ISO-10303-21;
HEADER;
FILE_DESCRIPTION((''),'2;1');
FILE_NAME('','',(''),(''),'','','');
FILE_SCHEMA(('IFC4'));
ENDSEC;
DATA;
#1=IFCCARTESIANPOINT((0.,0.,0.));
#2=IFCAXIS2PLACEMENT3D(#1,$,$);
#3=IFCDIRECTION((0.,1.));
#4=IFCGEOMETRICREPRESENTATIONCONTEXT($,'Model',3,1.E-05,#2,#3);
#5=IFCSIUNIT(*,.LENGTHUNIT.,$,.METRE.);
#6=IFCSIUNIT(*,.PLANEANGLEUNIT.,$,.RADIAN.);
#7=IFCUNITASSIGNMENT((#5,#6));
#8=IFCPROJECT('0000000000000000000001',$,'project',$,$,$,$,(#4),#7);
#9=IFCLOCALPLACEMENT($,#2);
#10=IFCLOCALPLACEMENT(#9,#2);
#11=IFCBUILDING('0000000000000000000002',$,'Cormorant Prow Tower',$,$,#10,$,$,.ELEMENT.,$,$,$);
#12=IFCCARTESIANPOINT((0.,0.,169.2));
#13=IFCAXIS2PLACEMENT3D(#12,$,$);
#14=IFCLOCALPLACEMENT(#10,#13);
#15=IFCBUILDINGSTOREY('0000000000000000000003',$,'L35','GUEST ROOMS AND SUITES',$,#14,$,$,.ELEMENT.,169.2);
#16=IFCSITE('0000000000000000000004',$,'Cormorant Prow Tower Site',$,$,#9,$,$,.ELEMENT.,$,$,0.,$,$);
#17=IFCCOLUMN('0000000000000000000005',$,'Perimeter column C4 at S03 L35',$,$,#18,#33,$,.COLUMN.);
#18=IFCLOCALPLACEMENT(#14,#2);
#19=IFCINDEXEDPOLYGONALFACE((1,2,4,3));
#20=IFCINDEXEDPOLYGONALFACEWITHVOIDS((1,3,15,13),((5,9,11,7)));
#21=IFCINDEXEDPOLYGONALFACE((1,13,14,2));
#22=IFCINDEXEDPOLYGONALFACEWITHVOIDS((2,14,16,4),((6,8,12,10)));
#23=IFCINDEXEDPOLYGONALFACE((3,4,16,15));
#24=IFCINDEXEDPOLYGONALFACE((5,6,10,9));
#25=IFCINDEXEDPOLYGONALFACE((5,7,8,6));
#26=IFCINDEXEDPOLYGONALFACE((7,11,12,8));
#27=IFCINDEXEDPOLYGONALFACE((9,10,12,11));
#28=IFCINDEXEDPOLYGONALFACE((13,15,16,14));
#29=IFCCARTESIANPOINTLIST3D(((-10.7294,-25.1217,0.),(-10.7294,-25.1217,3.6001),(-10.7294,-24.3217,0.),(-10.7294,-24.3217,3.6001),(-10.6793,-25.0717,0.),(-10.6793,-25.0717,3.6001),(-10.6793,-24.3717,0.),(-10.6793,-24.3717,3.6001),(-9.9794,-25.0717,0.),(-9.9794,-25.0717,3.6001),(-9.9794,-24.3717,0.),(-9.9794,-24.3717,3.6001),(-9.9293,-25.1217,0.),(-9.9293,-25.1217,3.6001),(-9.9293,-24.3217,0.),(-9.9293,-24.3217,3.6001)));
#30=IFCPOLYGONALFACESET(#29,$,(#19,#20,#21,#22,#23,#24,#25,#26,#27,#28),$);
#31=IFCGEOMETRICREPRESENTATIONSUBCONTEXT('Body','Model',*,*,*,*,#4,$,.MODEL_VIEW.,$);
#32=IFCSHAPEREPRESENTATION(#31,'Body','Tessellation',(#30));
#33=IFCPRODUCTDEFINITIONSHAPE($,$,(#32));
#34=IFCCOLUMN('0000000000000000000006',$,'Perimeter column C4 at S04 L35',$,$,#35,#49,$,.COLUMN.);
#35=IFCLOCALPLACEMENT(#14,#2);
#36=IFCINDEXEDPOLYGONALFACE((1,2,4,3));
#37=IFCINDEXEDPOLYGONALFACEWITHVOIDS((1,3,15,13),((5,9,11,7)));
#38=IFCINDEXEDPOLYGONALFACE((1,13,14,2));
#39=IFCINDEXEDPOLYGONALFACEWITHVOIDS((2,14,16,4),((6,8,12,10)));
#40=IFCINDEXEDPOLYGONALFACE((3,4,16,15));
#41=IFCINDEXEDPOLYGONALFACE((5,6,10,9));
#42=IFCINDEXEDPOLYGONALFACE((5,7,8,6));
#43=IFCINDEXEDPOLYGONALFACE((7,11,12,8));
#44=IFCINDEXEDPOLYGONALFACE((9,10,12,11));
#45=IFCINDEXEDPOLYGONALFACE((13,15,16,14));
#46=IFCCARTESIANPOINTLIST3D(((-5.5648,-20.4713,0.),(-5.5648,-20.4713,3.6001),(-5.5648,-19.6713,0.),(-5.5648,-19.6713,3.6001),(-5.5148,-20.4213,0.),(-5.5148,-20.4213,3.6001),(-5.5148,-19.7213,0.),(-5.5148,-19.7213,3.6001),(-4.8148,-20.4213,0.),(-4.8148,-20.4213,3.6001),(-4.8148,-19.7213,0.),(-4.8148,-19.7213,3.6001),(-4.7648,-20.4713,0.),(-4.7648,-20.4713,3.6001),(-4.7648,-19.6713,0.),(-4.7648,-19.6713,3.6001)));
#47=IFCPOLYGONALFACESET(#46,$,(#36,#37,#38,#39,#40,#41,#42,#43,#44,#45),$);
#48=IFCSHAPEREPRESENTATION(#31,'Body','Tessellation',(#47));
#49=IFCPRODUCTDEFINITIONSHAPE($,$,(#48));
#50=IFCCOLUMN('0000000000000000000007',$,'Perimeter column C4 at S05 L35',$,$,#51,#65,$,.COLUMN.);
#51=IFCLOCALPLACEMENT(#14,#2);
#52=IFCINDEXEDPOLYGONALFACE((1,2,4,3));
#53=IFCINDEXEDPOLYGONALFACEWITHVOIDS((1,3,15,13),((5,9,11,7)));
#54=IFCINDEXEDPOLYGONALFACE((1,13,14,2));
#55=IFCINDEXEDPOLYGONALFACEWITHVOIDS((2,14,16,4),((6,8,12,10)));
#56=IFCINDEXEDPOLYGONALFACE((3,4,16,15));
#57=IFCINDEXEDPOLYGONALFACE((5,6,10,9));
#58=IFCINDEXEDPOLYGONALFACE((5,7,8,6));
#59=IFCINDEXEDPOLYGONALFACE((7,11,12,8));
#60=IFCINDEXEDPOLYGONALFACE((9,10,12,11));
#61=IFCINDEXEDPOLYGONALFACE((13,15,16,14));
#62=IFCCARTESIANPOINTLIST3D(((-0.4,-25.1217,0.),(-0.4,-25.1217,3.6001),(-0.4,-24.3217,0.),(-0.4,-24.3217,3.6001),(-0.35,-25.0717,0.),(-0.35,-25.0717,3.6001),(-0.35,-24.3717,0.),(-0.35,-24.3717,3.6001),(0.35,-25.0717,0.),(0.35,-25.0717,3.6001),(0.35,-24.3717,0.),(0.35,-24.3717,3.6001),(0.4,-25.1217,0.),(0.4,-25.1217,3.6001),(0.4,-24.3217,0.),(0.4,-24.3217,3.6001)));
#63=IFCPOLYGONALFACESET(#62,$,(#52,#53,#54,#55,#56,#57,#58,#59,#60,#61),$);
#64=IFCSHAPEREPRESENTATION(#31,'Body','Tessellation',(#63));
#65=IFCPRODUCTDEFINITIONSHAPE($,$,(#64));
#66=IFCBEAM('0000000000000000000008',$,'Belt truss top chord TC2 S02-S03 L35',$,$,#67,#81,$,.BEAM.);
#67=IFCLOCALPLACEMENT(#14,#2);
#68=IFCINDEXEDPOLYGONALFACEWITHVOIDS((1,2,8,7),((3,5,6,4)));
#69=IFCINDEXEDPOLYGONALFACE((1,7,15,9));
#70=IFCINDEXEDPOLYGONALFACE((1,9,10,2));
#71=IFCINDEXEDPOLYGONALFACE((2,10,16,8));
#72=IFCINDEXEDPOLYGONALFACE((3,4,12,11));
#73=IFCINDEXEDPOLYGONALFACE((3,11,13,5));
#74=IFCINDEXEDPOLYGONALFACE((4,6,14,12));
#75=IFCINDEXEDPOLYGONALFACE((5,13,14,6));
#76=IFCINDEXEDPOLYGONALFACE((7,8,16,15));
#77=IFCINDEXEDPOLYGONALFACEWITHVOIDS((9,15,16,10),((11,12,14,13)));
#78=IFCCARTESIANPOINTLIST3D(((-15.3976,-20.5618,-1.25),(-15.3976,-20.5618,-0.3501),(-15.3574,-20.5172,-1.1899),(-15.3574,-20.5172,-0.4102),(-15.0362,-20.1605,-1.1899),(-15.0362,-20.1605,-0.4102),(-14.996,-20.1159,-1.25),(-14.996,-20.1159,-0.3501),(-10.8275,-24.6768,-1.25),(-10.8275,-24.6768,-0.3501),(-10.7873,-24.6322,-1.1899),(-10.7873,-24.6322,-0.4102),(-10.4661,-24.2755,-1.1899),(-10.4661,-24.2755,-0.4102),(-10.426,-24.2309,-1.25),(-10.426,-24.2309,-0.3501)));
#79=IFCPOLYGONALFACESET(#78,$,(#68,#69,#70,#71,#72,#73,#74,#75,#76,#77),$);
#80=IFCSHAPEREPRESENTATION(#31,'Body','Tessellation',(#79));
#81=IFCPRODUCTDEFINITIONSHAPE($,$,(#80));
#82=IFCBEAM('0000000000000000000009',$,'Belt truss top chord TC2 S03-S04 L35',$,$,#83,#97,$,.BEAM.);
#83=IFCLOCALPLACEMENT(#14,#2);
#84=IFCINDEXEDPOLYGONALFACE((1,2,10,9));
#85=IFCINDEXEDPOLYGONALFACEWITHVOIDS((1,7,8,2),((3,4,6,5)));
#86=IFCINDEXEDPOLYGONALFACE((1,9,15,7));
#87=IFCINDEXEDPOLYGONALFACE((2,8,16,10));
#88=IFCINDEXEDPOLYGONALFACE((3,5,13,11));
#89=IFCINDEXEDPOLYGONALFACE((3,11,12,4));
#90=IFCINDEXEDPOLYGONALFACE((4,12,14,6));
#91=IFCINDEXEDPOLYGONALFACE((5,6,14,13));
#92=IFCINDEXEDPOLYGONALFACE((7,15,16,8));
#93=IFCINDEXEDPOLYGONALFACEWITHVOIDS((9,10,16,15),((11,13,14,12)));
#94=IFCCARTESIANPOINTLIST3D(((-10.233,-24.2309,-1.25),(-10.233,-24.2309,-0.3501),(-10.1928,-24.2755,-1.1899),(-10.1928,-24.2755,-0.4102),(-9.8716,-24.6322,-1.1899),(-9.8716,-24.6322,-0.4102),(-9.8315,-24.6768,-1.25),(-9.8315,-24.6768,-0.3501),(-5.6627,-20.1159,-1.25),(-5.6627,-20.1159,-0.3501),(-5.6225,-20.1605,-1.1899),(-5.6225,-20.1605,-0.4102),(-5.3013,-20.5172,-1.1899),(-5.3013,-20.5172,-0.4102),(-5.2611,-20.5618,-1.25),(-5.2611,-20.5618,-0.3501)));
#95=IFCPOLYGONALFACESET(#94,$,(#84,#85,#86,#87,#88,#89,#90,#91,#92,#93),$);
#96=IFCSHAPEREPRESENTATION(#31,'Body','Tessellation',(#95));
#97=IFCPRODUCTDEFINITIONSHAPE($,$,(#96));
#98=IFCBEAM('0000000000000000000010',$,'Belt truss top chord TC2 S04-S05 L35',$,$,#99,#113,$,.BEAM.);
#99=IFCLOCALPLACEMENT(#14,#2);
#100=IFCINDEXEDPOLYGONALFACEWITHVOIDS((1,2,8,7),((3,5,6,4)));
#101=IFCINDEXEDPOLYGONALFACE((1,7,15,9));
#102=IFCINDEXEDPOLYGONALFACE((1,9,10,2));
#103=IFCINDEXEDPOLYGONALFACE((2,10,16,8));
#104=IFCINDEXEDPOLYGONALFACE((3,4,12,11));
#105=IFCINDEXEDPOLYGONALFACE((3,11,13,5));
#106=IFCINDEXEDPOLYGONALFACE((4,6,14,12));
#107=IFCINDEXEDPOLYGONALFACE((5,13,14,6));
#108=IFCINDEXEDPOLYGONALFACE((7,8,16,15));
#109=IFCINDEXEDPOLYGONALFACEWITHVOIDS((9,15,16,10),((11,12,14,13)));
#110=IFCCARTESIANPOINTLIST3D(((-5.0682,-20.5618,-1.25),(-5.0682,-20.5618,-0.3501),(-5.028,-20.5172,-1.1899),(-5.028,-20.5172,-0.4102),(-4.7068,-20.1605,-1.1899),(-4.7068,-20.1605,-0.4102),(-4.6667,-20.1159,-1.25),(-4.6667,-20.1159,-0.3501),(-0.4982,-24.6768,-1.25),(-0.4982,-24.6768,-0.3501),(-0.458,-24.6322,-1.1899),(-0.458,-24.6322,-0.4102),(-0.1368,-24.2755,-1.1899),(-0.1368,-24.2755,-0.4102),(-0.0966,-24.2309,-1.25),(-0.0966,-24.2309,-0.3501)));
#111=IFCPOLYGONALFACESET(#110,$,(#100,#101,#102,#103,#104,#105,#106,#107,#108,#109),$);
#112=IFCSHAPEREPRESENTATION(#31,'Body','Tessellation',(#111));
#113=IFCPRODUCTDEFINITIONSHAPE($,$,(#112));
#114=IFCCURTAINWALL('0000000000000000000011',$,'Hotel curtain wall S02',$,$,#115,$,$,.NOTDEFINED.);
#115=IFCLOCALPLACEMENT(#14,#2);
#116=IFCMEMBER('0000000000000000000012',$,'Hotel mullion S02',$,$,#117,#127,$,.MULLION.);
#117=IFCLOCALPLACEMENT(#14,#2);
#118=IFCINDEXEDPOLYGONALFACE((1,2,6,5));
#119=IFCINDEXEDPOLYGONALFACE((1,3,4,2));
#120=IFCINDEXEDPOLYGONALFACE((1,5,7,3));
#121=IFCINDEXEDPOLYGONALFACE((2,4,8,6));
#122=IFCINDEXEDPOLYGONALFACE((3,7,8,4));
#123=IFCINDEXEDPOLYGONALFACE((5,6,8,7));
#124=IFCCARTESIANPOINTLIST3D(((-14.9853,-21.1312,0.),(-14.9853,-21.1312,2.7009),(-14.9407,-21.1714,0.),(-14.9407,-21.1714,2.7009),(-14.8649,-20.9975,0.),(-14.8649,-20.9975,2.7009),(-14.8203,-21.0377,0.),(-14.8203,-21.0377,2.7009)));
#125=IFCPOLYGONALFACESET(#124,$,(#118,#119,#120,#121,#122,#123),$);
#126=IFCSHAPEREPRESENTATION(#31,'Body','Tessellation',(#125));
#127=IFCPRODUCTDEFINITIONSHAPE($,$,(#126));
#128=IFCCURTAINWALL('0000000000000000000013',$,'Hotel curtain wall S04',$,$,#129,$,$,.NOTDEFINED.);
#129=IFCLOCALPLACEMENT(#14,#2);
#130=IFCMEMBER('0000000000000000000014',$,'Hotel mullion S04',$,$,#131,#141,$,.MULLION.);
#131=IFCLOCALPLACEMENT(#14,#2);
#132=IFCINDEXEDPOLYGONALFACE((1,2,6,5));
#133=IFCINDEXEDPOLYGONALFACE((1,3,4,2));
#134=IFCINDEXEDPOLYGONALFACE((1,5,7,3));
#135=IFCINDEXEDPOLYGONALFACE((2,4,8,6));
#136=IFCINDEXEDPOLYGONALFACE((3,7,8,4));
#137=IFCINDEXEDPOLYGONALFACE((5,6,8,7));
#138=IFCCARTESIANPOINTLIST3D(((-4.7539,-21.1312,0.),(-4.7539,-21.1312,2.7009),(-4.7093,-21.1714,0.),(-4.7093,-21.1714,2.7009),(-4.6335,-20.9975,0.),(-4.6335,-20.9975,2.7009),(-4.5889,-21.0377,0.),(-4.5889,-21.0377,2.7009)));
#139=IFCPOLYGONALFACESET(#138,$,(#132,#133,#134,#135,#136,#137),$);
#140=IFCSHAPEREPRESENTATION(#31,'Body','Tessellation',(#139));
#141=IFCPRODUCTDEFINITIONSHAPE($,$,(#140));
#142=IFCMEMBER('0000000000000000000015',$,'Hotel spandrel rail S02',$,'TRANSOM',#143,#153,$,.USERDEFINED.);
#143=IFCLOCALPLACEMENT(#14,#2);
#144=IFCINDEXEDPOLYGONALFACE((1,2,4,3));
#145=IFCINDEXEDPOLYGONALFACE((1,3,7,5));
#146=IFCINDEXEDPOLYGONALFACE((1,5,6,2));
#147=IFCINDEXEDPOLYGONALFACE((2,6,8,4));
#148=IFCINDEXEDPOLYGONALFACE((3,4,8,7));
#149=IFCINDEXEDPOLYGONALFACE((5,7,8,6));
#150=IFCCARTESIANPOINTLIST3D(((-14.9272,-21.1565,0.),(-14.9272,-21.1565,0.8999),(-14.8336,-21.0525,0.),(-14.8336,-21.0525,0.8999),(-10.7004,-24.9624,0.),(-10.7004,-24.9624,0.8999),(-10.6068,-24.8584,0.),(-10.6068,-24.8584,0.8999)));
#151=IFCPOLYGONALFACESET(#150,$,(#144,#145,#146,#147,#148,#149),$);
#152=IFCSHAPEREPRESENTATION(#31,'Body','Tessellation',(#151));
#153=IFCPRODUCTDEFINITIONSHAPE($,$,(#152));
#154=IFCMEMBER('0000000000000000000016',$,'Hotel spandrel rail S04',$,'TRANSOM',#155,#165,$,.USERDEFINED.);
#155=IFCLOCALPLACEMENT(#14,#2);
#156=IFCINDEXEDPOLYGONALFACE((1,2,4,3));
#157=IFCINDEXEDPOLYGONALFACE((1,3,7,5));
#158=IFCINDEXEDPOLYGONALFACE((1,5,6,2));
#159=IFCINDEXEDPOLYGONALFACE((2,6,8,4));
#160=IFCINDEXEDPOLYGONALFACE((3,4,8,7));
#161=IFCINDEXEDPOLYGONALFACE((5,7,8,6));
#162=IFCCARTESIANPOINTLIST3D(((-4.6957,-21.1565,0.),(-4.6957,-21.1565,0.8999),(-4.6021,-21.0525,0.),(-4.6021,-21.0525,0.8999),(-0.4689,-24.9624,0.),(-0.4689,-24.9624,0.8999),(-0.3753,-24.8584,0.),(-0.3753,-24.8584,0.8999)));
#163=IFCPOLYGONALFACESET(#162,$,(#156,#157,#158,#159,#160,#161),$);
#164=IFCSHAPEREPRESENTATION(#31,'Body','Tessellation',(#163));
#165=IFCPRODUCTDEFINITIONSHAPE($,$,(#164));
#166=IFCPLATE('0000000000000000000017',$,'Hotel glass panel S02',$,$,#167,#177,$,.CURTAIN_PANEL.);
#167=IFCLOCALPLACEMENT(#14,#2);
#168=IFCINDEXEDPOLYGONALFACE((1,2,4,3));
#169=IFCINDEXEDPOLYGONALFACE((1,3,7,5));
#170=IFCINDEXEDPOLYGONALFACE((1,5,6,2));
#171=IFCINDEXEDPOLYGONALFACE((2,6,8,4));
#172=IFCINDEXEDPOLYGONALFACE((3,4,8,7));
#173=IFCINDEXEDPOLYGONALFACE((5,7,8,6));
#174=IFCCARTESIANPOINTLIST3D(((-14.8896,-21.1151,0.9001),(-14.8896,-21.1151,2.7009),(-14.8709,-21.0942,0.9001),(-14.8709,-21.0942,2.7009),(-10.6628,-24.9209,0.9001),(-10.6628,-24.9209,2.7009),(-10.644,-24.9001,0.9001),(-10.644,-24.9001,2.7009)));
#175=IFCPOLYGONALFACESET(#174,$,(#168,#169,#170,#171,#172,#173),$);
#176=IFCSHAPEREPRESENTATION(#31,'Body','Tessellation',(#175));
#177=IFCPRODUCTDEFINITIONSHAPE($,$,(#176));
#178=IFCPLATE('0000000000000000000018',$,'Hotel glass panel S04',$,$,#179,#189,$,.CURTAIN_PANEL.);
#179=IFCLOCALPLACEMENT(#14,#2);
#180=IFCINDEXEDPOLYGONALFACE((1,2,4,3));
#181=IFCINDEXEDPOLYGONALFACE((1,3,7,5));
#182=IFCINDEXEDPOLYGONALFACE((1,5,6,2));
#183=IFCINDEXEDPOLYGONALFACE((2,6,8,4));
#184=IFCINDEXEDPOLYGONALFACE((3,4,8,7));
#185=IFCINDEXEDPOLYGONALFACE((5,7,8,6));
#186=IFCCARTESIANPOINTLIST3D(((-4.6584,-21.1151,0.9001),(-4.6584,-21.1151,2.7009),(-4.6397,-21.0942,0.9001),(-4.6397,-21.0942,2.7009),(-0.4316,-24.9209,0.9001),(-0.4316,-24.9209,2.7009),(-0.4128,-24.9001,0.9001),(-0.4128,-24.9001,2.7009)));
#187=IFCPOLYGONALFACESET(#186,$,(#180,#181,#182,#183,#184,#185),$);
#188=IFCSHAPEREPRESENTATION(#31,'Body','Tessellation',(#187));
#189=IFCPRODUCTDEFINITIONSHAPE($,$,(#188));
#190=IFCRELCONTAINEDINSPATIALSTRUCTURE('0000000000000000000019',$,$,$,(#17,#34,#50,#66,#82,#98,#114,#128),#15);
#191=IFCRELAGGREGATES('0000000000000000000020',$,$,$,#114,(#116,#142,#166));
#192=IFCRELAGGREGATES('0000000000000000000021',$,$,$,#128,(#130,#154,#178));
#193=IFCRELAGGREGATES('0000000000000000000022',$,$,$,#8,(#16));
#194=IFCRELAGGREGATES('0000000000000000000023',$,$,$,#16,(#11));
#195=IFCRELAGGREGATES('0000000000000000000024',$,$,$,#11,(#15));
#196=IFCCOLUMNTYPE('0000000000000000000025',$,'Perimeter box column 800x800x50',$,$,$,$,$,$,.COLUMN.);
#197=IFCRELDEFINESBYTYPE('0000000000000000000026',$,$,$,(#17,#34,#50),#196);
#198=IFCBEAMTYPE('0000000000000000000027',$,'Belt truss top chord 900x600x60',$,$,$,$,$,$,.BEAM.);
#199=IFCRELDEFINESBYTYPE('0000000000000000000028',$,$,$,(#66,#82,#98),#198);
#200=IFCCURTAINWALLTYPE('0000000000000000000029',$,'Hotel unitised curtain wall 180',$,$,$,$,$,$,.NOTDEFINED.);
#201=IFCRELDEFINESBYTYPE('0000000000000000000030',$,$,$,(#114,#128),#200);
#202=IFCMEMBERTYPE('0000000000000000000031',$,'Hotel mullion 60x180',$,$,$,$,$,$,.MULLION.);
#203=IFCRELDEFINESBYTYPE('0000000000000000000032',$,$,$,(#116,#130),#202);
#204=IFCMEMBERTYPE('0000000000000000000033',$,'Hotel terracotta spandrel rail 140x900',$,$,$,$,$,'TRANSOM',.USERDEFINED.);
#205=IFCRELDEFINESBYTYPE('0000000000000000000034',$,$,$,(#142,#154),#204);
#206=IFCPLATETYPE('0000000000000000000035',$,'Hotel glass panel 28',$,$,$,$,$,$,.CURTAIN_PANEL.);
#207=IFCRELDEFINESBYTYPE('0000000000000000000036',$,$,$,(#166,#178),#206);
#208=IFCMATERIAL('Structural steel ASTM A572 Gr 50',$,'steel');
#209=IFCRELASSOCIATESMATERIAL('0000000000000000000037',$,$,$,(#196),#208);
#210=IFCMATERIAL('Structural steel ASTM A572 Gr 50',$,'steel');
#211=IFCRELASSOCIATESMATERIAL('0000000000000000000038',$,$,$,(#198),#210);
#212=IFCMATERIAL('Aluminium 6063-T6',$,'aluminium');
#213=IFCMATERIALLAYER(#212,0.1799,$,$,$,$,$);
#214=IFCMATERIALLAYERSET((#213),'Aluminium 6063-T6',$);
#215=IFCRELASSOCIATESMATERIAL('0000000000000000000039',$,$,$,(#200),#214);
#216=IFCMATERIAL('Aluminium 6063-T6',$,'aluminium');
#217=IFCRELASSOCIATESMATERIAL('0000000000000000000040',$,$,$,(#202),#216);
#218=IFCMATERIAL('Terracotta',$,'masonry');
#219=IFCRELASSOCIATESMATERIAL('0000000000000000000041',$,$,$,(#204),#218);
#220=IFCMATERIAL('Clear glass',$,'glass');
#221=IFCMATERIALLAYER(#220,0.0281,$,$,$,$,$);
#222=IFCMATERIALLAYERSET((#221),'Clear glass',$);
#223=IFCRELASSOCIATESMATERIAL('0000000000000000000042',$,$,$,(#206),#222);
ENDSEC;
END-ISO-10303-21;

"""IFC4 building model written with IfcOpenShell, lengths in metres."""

from ifc_helpers import new_model, si_unit, direction, frame, origin, origin_2d, place, context, subcontext, project, spatial, rectangle, hollow_rectangle, extrude, material, layer, layer_set, material_profile, profile_set, type_object, element, aggregate, save


model = new_model("IFC4")

# Units and contexts
model_context = context("Model", 3, precision=1e-05, world=origin(), true_north=direction((0.0, 1.0)))
body_context = subcontext(model_context, "Body", "Model", "MODEL_VIEW")
ifc_project = project(units=[si_unit("LENGTHUNIT", "METRE"), si_unit("PLANEANGLEUNIT", "RADIAN")], contexts=[model_context])

# Site, building, storey
site_placement = place(None, origin())
site = spatial("IfcSite", under=ifc_project, at=site_placement, Name="Cormorant Prow Tower Site", CompositionType="ELEMENT", RefElevation=0.0)
building_placement = place(site_placement, origin())
building = spatial("IfcBuilding", under=site, at=building_placement, Name="Cormorant Prow Tower", CompositionType="ELEMENT")
storey_placement = place(building_placement, frame((0.0, 0.0, 169.2)))
storey = spatial("IfcBuildingStorey", under=building, at=storey_placement, Name="L35", Description="GUEST ROOMS AND SUITES", CompositionType="ELEMENT", Elevation=169.2)

# Columns
ifc_material_1 = material(Name="Structural steel ASTM A572 Gr 50", Category="steel")
ifc_material_profile_1 = material_profile(ifc_material_1, hollow_rectangle(XDim=0.8, YDim=0.8, WallThickness=0.05, at=origin_2d()), Name="Box 800x800x50")
ifc_profile_set_1 = profile_set([ifc_material_profile_1], Name="Structural steel ASTM A572 Gr 50")
column_type = type_object("IfcColumnType", Name="Perimeter box column 800x800x50", PredefinedType="COLUMN", material=ifc_profile_set_1)
for number, where, z_axis, x_axis, name in (
    (1, (-10.3293, -24.7217, 0.0), (0.0, 0.0, 1.0), (1.0, 0.0, 0.0), "Perimeter column C4 at S03 L35"),
    (2, (-5.1648, -20.0713, 0.0), (0.0, 0.0, 1.0), (1.0, 0.0, 0.0), "Perimeter column C4 at S04 L35"),
    (3, (0.0, -24.7217, 0.0), (0.0, 0.0, 1.0), (1.0, 0.0, 0.0), "Perimeter column C4 at S05 L35"),
):
    element("IfcColumn", number, at=place(storey_placement, frame(where, z_axis=z_axis, x_axis=x_axis)), inside=storey, type_object=column_type, Name=name, PredefinedType="COLUMN", context=body_context, shape_type="SweptSolid", body=[
        extrude(hollow_rectangle(XDim=0.8, YDim=0.8, WallThickness=0.05, at=origin_2d()), origin(), (0.0, 0.0, 1.0), 3.6001),
    ])

# Beams
ifc_material_2 = material(Name="Structural steel ASTM A572 Gr 50", Category="steel")
ifc_material_profile_2 = material_profile(ifc_material_2, hollow_rectangle(XDim=0.6001, YDim=0.8999, WallThickness=0.0601, at=origin_2d()), Name="Box 900x600x60")
ifc_profile_set_2 = profile_set([ifc_material_profile_2], Name="Structural steel ASTM A572 Gr 50")
beam_type = type_object("IfcBeamType", Name="Belt truss top chord 900x600x60", PredefinedType="BEAM", material=ifc_profile_set_2)
beam_1_placement = place(storey_placement, frame((-15.1968, -20.3389, -0.8), z_axis=(0.743138, -0.669138, 0.0), x_axis=(0.669138, 0.743138, 0.0)))
element("IfcBeam", 4, at=beam_1_placement, inside=storey, type_object=beam_type, Name="Belt truss top chord TC2 S02-S03 L35", PredefinedType="BEAM", context=body_context, shape_type="SweptSolid", body=[
    extrude(hollow_rectangle(XDim=0.6001, YDim=0.8999, WallThickness=0.0601, at=origin_2d()), origin(), (0.0, 0.0, 1.0), 6.1497),
])
beam_2_placement = place(storey_placement, frame((-10.0322, -24.4539, -0.8), z_axis=(0.743156, 0.669118, 0.0), x_axis=(-0.669118, 0.743156, 0.0)))
element("IfcBeam", 5, at=beam_2_placement, inside=storey, type_object=beam_type, Name="Belt truss top chord TC2 S03-S04 L35", PredefinedType="BEAM", context=body_context, shape_type="SweptSolid", body=[
    extrude(hollow_rectangle(XDim=0.6001, YDim=0.8999, WallThickness=0.0601, at=origin_2d()), origin(), (0.0, 0.0, 1.0), 6.1499),
])
beam_3_placement = place(storey_placement, frame((-4.8674, -20.3389, -0.8), z_axis=(0.743138, -0.669138, 0.0), x_axis=(0.669138, 0.743138, 0.0)))
element("IfcBeam", 6, at=beam_3_placement, inside=storey, type_object=beam_type, Name="Belt truss top chord TC2 S04-S05 L35", PredefinedType="BEAM", context=body_context, shape_type="SweptSolid", body=[
    extrude(hollow_rectangle(XDim=0.6001, YDim=0.8999, WallThickness=0.0601, at=origin_2d()), origin(), (0.0, 0.0, 1.0), 6.1497),
])

# Curtain walls, members
ifc_material_3 = material(Name="Aluminium 6063-T6", Category="aluminium")
ifc_layer_1 = layer(ifc_material_3, 0.1799)
ifc_layer_set_1 = layer_set([ifc_layer_1], Name="Aluminium 6063-T6")
curtain_wall_type = type_object("IfcCurtainWallType", Name="Hotel unitised curtain wall 180", PredefinedType="NOTDEFINED", material=ifc_layer_set_1)
curtain_wall_1_placement = place(storey_placement, origin())
curtain_wall_1 = element("IfcCurtainWall", 7, at=curtain_wall_1_placement, inside=storey, type_object=curtain_wall_type, Name="Hotel curtain wall S02", PredefinedType="NOTDEFINED")
ifc_material_4 = material(Name="Aluminium 6063-T6", Category="aluminium")
ifc_material_profile_3 = material_profile(ifc_material_4, rectangle(XDim=0.1799, YDim=0.0601, at=origin_2d()), Name="Hotel mullion 60x180")
ifc_profile_set_3 = profile_set([ifc_material_profile_3], Name="Aluminium 6063-T6")
member_type_1 = type_object("IfcMemberType", Name="Hotel mullion 60x180", PredefinedType="MULLION", material=ifc_profile_set_3)
member_1_placement = place(storey_placement, frame((-14.9028, -21.0845, 0.0), z_axis=(0.0, 0.0, 1.0), x_axis=(0.669131, 0.743145, 0.0)))
member_1 = element("IfcMember", 8, at=member_1_placement, type_object=member_type_1, Name="Hotel mullion S02", PredefinedType="MULLION", context=body_context, shape_type="SweptSolid", body=[
    extrude(rectangle(XDim=0.1799, YDim=0.0601, at=origin_2d()), origin(), (0.0, 0.0, 1.0), 2.7009),
])
curtain_wall_2_placement = place(storey_placement, origin())
curtain_wall_2 = element("IfcCurtainWall", 9, at=curtain_wall_2_placement, inside=storey, type_object=curtain_wall_type, Name="Hotel curtain wall S04", PredefinedType="NOTDEFINED")
member_2_placement = place(storey_placement, frame((-4.6714, -21.0845, 0.0), z_axis=(0.0, 0.0, 1.0), x_axis=(0.669131, 0.743145, 0.0)))
member_2 = element("IfcMember", 10, at=member_2_placement, type_object=member_type_1, Name="Hotel mullion S04", PredefinedType="MULLION", context=body_context, shape_type="SweptSolid", body=[
    extrude(rectangle(XDim=0.1799, YDim=0.0601, at=origin_2d()), origin(), (0.0, 0.0, 1.0), 2.7009),
])

# Members
ifc_material_5 = material(Name="Terracotta", Category="masonry")
ifc_material_profile_4 = material_profile(ifc_material_5, rectangle(XDim=0.1399, YDim=0.8999, at=origin_2d()), Name="Hotel terracotta spandrel rail 140x900")
ifc_profile_set_4 = profile_set([ifc_material_profile_4], Name="Terracotta")
member_type_2 = type_object("IfcMemberType", Name="Hotel terracotta spandrel rail 140x900", ElementType="TRANSOM", PredefinedType="USERDEFINED", material=ifc_profile_set_4)
member_3_placement = place(storey_placement, frame((-14.8804, -21.1045, 0.45), z_axis=(0.743138, -0.669138, 0.0), x_axis=(0.669138, 0.743138, 0.0)))
member_3 = element("IfcMember", 11, at=member_3_placement, type_object=member_type_2, Name="Hotel spandrel rail S02", ObjectType="TRANSOM", PredefinedType="USERDEFINED", context=body_context, shape_type="SweptSolid", body=[
    extrude(rectangle(XDim=0.1399, YDim=0.8999, at=origin_2d()), origin(), (0.0, 0.0, 1.0), 5.6877),
])
member_4_placement = place(storey_placement, frame((-4.6489, -21.1045, 0.45), z_axis=(0.743138, -0.669138, 0.0), x_axis=(0.669138, 0.743138, 0.0)))
member_4 = element("IfcMember", 12, at=member_4_placement, type_object=member_type_2, Name="Hotel spandrel rail S04", ObjectType="TRANSOM", PredefinedType="USERDEFINED", context=body_context, shape_type="SweptSolid", body=[
    extrude(rectangle(XDim=0.1399, YDim=0.8999, at=origin_2d()), origin(), (0.0, 0.0, 1.0), 5.6877),
])

# Plates
ifc_material_6 = material(Name="Clear glass", Category="glass")
ifc_layer_2 = layer(ifc_material_6, 0.0281)
ifc_layer_set_2 = layer_set([ifc_layer_2], Name="Clear glass")
plate_type = type_object("IfcPlateType", Name="Hotel glass panel 28", PredefinedType="CURTAIN_PANEL", material=ifc_layer_set_2)
plate_1_placement = place(storey_placement, frame((-12.7668, -23.0076, 0.9001), z_axis=(0.0, 0.0, 1.0), x_axis=(0.743145, -0.669131, 0.0)))
plate_1 = element("IfcPlate", 13, at=plate_1_placement, type_object=plate_type, Name="Hotel glass panel S02", PredefinedType="CURTAIN_PANEL", context=body_context, shape_type="SweptSolid", body=[
    extrude(rectangle(XDim=5.6877, YDim=0.0281, at=origin_2d()), origin(), (0.0, 0.0, 1.0), 1.8008),
])
aggregate(curtain_wall_1, [member_1, member_3, plate_1])
plate_2_placement = place(storey_placement, frame((-2.5356, -23.0076, 0.9001), z_axis=(0.0, 0.0, 1.0), x_axis=(0.743145, -0.669131, 0.0)))
plate_2 = element("IfcPlate", 14, at=plate_2_placement, type_object=plate_type, Name="Hotel glass panel S04", PredefinedType="CURTAIN_PANEL", context=body_context, shape_type="SweptSolid", body=[
    extrude(rectangle(XDim=5.6877, YDim=0.0281, at=origin_2d()), origin(), (0.0, 0.0, 1.0), 1.8008),
])
aggregate(curtain_wall_2, [member_2, member_4, plate_2])

save(model, "model.ifc")
